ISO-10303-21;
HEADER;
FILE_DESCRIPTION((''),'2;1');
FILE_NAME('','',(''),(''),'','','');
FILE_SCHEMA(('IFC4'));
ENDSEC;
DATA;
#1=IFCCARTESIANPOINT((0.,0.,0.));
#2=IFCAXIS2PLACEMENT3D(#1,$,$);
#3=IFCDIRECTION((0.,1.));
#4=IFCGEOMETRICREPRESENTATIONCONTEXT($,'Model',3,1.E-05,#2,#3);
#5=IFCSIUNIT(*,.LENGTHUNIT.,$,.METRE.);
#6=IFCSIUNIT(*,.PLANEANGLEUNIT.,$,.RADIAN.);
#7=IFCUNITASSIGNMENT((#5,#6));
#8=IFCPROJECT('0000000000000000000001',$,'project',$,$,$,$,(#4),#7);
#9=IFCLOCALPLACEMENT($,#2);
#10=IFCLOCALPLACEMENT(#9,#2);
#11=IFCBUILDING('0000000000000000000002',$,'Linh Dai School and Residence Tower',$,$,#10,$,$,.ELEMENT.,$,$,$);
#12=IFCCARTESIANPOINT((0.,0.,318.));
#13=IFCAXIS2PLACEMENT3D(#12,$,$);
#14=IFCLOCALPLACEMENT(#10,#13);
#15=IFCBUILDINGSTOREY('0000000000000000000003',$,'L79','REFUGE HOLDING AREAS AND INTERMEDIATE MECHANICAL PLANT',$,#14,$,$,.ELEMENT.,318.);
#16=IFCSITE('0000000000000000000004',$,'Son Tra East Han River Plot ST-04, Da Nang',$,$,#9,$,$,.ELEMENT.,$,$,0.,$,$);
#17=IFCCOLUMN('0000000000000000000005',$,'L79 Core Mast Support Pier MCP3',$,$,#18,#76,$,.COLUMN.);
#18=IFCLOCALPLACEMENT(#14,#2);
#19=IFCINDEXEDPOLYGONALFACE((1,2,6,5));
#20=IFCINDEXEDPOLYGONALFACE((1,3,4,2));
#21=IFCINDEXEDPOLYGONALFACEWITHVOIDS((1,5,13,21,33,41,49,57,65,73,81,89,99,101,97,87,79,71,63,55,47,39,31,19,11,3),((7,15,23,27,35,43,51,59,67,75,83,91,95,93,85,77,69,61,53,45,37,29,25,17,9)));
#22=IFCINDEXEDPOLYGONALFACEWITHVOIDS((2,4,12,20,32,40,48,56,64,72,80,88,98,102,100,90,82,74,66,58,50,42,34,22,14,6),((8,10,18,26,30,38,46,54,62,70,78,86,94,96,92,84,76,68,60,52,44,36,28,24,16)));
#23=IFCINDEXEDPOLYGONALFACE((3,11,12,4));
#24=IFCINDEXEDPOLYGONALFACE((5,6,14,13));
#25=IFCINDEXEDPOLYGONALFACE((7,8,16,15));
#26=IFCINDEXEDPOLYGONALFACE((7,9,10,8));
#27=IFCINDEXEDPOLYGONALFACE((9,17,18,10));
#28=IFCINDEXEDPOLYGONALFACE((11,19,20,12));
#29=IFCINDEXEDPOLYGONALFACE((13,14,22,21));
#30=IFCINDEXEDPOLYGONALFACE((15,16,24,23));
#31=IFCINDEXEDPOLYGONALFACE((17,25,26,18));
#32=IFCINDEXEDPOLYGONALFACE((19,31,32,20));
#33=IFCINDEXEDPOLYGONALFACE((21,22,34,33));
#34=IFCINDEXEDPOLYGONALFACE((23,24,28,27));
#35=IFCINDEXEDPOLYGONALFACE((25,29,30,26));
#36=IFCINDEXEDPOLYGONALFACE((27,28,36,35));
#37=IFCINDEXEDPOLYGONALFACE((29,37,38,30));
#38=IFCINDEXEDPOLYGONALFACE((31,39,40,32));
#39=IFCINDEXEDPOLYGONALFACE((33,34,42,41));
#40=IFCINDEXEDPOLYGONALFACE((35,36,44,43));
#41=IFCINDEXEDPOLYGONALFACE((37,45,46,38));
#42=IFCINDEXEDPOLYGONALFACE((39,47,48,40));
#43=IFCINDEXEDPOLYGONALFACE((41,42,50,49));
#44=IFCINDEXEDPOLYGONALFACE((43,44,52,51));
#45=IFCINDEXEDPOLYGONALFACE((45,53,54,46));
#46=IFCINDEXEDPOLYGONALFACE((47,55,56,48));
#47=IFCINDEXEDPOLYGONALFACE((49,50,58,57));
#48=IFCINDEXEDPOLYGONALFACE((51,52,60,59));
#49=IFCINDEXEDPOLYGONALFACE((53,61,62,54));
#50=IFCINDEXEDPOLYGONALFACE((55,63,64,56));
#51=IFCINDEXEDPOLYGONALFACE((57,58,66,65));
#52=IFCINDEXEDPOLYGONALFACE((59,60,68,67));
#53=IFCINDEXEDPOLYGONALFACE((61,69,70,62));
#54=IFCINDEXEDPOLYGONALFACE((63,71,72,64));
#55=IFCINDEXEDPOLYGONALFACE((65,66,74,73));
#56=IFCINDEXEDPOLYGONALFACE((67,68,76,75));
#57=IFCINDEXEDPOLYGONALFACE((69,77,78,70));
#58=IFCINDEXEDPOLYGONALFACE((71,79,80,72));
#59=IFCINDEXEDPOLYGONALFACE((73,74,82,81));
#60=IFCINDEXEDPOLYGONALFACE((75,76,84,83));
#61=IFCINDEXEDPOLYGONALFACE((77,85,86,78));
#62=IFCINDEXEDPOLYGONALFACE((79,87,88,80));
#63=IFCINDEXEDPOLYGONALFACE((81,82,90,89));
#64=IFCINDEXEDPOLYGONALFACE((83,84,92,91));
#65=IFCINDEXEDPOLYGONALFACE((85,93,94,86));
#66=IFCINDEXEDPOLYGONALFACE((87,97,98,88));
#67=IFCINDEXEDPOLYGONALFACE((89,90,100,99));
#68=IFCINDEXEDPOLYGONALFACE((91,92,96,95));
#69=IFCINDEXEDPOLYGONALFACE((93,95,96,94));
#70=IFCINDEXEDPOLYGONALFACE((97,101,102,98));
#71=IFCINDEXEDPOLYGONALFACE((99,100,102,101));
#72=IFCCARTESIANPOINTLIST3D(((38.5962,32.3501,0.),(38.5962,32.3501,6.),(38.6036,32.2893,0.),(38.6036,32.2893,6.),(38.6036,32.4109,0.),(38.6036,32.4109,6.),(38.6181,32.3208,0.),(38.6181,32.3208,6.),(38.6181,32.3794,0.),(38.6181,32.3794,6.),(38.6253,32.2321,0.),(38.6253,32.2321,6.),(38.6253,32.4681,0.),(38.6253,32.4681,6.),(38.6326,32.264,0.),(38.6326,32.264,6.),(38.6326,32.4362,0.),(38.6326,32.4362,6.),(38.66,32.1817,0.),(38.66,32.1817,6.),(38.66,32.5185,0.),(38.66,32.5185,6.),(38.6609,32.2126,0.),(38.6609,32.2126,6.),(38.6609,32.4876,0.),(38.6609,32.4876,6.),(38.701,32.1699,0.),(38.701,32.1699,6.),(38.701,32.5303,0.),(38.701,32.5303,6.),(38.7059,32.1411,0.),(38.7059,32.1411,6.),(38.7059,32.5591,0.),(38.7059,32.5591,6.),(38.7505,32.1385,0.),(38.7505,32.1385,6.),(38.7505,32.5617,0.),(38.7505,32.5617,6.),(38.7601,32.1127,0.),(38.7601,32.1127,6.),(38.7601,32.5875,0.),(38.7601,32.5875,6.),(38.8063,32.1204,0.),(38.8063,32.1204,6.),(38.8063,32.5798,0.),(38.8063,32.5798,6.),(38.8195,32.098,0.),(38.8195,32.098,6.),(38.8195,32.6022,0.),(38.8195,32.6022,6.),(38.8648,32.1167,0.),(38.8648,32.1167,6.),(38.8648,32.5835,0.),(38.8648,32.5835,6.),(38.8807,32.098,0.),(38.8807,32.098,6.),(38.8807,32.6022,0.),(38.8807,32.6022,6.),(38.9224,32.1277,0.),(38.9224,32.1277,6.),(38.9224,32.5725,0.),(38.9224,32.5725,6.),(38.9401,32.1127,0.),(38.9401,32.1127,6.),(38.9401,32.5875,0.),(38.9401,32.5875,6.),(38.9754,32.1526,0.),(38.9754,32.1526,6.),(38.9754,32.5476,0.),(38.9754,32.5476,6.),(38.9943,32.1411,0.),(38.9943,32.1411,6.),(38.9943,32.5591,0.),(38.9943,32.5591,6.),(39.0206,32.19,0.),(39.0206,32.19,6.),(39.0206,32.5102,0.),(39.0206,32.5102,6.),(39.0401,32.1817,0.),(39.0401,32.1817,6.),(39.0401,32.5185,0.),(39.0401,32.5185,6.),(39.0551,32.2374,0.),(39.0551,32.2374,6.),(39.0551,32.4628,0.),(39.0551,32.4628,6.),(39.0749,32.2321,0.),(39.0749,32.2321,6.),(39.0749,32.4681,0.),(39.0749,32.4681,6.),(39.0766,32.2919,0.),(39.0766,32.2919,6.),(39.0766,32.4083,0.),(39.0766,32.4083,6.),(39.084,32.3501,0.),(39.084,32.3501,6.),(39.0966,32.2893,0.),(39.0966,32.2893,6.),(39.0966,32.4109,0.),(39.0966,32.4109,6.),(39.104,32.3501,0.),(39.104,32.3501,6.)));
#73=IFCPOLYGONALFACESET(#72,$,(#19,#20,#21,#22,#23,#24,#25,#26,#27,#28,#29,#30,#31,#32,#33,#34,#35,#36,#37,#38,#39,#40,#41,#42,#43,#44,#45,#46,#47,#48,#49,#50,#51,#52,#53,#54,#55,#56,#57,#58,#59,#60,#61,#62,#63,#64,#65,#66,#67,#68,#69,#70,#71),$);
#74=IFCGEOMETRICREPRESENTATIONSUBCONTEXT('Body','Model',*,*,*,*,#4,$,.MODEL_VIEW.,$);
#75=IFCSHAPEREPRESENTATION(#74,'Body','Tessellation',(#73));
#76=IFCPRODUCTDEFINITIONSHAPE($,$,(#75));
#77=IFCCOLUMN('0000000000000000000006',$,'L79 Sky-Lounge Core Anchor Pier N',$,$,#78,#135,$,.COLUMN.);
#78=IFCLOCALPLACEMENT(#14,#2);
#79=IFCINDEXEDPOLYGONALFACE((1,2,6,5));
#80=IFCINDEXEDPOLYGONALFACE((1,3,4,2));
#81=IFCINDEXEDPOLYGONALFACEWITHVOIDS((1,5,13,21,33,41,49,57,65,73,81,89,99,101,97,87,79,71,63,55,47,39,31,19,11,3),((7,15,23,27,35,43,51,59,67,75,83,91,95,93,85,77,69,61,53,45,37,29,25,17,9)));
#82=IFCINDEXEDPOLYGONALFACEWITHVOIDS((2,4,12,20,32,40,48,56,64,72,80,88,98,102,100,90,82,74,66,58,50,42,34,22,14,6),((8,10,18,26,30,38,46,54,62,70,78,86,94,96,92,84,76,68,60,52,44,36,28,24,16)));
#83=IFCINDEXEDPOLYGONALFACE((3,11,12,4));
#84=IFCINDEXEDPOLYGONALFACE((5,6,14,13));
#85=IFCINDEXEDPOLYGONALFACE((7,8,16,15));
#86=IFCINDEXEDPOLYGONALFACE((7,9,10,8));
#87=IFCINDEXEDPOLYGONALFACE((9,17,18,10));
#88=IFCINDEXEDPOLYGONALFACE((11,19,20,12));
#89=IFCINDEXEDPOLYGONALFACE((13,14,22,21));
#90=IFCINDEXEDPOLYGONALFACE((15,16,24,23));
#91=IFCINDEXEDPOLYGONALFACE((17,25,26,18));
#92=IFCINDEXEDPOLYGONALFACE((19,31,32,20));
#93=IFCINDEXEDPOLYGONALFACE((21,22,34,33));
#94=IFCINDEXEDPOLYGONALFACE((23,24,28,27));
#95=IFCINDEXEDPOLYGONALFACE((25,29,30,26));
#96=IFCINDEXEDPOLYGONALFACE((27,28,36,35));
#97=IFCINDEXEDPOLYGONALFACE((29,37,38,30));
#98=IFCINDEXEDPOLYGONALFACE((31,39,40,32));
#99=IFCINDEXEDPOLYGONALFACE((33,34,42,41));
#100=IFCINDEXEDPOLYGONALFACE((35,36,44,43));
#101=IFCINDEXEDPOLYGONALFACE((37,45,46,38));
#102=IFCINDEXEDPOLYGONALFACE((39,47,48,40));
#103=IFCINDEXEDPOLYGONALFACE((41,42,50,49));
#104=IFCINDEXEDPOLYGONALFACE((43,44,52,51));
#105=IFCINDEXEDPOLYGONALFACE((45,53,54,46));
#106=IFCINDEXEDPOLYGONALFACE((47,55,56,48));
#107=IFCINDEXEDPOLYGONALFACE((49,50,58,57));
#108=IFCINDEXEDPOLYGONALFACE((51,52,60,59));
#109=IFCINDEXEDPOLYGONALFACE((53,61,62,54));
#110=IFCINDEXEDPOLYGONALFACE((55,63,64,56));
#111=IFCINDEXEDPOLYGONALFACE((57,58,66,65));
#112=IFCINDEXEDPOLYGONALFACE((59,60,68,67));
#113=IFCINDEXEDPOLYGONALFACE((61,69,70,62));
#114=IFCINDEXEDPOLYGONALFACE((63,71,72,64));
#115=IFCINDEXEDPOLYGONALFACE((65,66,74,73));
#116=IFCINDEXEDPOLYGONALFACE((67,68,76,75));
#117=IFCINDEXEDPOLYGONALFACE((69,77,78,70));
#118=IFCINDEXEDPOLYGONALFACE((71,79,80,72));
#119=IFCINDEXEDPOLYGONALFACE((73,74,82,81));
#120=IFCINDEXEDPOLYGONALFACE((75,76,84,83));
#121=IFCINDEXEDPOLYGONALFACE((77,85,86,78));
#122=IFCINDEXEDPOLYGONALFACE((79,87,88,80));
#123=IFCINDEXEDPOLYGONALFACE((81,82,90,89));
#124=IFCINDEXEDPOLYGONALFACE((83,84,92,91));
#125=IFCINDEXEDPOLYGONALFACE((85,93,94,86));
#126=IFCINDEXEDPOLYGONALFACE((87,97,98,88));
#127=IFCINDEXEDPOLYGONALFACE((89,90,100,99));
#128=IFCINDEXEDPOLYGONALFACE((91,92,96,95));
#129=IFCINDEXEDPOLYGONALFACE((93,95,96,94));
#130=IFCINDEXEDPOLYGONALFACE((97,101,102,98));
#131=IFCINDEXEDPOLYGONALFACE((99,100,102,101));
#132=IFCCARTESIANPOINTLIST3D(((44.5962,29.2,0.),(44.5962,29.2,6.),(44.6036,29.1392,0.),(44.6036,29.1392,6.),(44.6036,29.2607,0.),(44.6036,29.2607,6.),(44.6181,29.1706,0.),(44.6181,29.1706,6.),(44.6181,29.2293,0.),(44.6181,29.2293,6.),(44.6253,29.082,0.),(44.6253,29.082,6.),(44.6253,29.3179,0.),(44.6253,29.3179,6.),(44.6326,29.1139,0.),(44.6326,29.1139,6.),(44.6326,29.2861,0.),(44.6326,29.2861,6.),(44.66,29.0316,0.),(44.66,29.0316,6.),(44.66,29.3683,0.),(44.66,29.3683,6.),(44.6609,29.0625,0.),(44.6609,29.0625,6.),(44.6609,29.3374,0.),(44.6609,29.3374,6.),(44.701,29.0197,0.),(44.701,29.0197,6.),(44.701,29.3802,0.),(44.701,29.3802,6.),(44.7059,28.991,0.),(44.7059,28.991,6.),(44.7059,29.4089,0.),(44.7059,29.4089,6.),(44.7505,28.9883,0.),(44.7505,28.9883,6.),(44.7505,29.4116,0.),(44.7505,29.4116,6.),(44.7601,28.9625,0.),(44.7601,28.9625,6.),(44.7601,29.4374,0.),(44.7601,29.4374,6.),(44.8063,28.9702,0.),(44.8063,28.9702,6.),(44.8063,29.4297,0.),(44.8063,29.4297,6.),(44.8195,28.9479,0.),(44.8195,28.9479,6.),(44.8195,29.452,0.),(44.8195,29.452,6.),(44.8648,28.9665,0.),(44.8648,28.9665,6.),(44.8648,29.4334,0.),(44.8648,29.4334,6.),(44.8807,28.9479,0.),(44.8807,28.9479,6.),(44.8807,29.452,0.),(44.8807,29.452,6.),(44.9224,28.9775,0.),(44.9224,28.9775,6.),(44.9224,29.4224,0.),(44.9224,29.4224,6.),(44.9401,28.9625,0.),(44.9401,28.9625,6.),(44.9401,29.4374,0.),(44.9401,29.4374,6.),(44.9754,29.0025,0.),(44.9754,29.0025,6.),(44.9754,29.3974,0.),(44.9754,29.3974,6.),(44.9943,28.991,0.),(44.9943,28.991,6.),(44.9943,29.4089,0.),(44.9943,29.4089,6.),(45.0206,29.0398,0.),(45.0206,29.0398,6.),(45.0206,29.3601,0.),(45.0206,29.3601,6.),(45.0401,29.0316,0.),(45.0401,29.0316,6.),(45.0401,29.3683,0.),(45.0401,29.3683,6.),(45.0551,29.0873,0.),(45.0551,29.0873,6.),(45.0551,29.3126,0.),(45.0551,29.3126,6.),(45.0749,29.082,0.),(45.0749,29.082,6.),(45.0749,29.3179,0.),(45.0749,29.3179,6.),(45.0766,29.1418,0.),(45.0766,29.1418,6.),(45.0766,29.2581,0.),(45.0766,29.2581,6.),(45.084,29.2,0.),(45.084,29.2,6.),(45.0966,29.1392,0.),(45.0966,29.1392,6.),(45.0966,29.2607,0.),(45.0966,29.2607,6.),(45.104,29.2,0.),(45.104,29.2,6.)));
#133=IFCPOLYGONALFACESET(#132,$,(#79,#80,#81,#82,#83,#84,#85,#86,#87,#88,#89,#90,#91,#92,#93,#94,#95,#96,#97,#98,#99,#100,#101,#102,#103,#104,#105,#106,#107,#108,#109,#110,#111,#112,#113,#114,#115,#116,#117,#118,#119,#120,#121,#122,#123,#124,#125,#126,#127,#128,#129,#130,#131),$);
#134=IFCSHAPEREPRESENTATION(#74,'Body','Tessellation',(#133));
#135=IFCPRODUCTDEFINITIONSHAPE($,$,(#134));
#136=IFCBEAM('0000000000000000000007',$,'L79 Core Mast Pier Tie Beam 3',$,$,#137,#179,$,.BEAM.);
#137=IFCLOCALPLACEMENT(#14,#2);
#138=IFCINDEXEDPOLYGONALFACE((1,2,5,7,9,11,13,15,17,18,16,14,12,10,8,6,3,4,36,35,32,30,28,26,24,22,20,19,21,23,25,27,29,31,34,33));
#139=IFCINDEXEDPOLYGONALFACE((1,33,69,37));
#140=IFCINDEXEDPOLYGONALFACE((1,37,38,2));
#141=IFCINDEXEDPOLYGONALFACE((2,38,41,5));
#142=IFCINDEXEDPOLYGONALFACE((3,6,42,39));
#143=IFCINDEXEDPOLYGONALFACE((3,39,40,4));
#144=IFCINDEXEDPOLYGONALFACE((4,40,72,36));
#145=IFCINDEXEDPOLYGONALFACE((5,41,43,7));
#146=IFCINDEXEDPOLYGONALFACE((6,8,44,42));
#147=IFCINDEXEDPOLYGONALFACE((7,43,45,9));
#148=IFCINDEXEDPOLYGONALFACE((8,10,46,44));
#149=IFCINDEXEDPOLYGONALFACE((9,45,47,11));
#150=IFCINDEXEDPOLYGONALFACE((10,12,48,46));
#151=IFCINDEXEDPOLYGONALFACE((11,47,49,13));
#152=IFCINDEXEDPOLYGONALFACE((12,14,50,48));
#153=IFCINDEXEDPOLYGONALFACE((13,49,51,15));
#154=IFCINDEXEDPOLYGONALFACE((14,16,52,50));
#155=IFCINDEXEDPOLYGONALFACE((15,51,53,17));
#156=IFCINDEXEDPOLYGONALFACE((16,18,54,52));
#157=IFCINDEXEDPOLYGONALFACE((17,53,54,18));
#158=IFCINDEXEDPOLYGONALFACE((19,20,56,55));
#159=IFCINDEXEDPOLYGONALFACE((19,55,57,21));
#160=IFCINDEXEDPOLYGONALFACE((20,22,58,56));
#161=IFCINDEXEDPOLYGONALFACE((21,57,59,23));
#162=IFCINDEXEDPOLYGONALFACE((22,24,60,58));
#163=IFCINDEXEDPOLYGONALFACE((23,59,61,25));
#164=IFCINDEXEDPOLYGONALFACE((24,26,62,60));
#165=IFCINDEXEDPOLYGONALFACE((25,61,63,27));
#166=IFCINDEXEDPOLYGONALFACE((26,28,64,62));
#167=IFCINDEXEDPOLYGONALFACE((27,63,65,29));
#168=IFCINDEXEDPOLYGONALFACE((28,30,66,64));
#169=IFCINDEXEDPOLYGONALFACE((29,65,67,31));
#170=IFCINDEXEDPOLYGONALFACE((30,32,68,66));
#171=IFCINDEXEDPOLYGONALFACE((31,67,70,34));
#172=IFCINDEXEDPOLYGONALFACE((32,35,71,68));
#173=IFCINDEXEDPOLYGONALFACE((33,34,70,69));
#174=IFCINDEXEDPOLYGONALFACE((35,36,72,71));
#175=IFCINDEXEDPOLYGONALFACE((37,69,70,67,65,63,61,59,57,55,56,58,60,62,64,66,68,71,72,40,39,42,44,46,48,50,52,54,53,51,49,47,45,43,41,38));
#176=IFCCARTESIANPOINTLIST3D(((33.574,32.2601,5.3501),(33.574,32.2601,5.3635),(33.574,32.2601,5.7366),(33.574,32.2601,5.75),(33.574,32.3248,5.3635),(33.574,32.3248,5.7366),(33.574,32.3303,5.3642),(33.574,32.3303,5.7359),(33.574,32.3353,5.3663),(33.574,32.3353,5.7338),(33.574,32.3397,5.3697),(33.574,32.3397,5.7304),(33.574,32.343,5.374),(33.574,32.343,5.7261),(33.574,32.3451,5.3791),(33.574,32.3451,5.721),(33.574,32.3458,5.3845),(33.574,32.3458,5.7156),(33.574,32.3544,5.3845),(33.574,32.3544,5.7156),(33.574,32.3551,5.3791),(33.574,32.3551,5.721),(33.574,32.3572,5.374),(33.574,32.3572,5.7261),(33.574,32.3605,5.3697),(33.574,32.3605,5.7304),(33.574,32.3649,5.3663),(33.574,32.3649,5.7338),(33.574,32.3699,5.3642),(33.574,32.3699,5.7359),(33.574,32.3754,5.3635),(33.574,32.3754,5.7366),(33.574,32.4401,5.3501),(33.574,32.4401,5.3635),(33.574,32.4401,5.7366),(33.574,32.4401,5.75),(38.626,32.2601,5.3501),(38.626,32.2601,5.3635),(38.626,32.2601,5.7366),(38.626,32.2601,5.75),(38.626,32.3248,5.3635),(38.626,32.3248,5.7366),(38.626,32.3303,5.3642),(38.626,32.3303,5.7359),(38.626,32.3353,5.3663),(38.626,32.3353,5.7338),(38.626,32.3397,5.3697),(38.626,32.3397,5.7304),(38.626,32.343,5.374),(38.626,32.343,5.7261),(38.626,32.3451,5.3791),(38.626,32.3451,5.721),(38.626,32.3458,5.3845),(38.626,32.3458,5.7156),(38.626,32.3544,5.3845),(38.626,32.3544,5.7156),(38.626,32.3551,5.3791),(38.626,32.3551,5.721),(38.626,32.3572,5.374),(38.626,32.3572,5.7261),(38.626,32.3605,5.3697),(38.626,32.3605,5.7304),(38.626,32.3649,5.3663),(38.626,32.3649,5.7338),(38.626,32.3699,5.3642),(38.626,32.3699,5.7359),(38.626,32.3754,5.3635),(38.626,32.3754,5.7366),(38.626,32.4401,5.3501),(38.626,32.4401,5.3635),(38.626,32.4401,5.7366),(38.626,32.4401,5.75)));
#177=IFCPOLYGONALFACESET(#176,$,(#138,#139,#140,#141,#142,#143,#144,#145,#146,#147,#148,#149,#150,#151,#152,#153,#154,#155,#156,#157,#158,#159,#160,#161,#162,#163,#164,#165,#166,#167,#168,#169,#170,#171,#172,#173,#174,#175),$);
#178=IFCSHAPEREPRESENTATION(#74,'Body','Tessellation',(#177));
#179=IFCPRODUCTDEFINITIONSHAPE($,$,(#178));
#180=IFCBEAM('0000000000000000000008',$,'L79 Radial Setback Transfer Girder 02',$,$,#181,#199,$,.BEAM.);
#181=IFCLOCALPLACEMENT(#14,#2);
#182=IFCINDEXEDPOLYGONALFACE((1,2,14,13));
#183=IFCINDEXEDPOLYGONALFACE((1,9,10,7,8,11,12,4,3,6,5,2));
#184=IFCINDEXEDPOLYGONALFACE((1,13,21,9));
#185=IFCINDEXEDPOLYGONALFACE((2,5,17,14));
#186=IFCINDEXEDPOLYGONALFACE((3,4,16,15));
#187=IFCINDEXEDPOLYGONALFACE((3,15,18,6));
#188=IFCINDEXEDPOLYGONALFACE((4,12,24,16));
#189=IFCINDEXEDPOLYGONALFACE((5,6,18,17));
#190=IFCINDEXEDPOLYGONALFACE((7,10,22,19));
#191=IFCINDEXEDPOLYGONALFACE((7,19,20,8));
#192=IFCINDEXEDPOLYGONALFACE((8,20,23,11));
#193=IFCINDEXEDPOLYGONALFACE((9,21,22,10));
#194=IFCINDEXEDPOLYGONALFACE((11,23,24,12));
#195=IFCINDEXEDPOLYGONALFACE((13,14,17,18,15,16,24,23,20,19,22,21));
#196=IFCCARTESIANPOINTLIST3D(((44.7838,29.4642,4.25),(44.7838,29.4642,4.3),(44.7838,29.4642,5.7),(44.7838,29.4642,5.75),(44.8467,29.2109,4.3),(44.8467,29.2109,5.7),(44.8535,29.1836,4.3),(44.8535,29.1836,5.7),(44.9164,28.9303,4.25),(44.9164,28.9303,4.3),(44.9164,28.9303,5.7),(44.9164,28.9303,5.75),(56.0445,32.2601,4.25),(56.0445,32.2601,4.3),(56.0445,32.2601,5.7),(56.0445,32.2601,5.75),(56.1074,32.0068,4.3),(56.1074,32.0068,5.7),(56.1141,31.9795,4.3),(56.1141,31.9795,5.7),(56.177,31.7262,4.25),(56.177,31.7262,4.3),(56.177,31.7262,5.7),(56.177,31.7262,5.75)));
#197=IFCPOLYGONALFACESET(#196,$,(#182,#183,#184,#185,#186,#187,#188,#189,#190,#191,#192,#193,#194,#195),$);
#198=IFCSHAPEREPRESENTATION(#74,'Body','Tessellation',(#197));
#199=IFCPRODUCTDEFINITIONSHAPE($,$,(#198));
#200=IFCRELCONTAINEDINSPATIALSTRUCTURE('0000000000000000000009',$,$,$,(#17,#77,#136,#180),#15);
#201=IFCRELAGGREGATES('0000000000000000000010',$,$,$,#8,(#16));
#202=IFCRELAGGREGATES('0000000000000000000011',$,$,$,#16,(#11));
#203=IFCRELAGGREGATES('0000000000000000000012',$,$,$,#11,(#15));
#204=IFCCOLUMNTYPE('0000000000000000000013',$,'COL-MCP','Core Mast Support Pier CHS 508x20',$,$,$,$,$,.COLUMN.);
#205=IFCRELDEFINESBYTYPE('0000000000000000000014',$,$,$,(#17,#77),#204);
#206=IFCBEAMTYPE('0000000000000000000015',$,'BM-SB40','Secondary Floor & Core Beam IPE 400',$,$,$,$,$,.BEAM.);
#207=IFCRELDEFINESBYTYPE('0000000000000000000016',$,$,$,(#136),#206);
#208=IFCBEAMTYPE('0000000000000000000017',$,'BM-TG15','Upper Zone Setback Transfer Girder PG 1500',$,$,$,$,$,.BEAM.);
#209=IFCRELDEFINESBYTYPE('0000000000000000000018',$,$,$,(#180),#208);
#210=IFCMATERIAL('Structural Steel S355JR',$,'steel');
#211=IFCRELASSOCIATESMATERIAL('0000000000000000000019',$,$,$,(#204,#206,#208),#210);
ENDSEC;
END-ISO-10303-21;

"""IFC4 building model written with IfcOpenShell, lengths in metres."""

from ifc_helpers import new_model, si_unit, direction, frame, origin, origin_2d, place, context, subcontext, project, spatial, hollow_circle, i_section, extrude, material, material_profile, profile_set, type_object, element, save


model = new_model("IFC4")

# Units and contexts
model_context = context("Model", 3, precision=1e-05, world=origin(), true_north=direction((0.0, 1.0)))
body_context = subcontext(model_context, "Body", "Model", "MODEL_VIEW")
ifc_project = project(units=[si_unit("LENGTHUNIT", "METRE"), si_unit("PLANEANGLEUNIT", "RADIAN")], contexts=[model_context])

# Site, building, storey
site_placement = place(None, origin())
site = spatial("IfcSite", under=ifc_project, at=site_placement, Name="Son Tra East Han River Plot ST-04, Da Nang", CompositionType="ELEMENT", RefElevation=0.0)
building_placement = place(site_placement, origin())
building = spatial("IfcBuilding", under=site, at=building_placement, Name="Linh Dai School and Residence Tower", CompositionType="ELEMENT")
storey_placement = place(building_placement, frame((0.0, 0.0, 318.0)))
storey = spatial("IfcBuildingStorey", under=building, at=storey_placement, Name="L79", Description="REFUGE HOLDING AREAS AND INTERMEDIATE MECHANICAL PLANT", CompositionType="ELEMENT", Elevation=318.0)

# Columns
ifc_material_1 = material(Name="Structural Steel S355JR", Category="steel")
ifc_material_profile_1 = material_profile(ifc_material_1, hollow_circle(Radius=0.2539, WallThickness=0.02, at=origin_2d()), Name="CHS 508x20")
ifc_profile_set_1 = profile_set([ifc_material_profile_1], Name="Structural Steel S355JR")
column_type_1 = type_object("IfcColumnType", Name="COL-MCP", Description="Core Mast Support Pier CHS 508x20", PredefinedType="COLUMN", material=ifc_profile_set_1)
for number, where, z_axis, x_axis, name in (
    (1, (38.8501, 32.3501, 0.0), (0.0, 0.0, 1.0), (1.0, 0.0, 0.0), "L79 Core Mast Support Pier MCP3"),
    (2, (44.8501, 29.2, 0.0), (0.0, 0.0, 1.0), (1.0, 0.0, 0.0), "L79 Sky-Lounge Core Anchor Pier N"),
):
    element("IfcColumn", number, at=place(storey_placement, frame(where, z_axis=z_axis, x_axis=x_axis)), inside=storey, type_object=column_type_1, Name=name, PredefinedType="COLUMN", context=body_context, shape_type="SweptSolid", body=[
        extrude(hollow_circle(Radius=0.2539, WallThickness=0.02, at=origin_2d()), origin(), (0.0, 0.0, 1.0), 6.0),
    ])

# Beams
ifc_material_profile_2 = material_profile(ifc_material_1, i_section(OverallWidth=0.1799, OverallDepth=0.3999, WebThickness=0.0085, FlangeThickness=0.0134, FilletRadius=0.021, at=origin_2d()), Name="IPE 400")
ifc_profile_set_2 = profile_set([ifc_material_profile_2], Name="Structural Steel S355JR")
beam_type_1 = type_object("IfcBeamType", Name="BM-SB40", Description="Secondary Floor & Core Beam IPE 400", PredefinedType="BEAM", material=ifc_profile_set_2)
beam_1_placement = place(storey_placement, frame((38.626, 32.3501, 5.55), z_axis=(-1.0, 0.0, 0.0), x_axis=(0.0, -1.0, 0.0)))
element("IfcBeam", 3, at=beam_1_placement, inside=storey, type_object=beam_type_1, Name="L79 Core Mast Pier Tie Beam 3", PredefinedType="BEAM", context=body_context, shape_type="SweptSolid", body=[
    extrude(i_section(OverallWidth=0.1799, OverallDepth=0.3999, WebThickness=0.0085, FlangeThickness=0.0134, FilletRadius=0.021, at=origin_2d()), origin(), (0.0, 0.0, 1.0), 5.052),
])
ifc_material_profile_3 = material_profile(ifc_material_1, i_section(OverallWidth=0.55, OverallDepth=1.5, WebThickness=0.0281, FlangeThickness=0.05, at=origin_2d()), Name="PG 1500x550x28x50")
ifc_profile_set_3 = profile_set([ifc_material_profile_3], Name="Structural Steel S355JR")
beam_type_2 = type_object("IfcBeamType", Name="BM-TG15", Description="Upper Zone Setback Transfer Girder PG 1500", PredefinedType="BEAM", material=ifc_profile_set_3)
beam_2_placement = place(storey_placement, frame((44.8501, 29.1973, 5.0), z_axis=(0.970532, 0.240971, 0.0), x_axis=(-0.240971, 0.970532, 0.0)))
element("IfcBeam", 4, at=beam_2_placement, inside=storey, type_object=beam_type_2, Name="L79 Radial Setback Transfer Girder 02", PredefinedType="BEAM", context=body_context, shape_type="SweptSolid", body=[
    extrude(i_section(OverallWidth=0.55, OverallDepth=1.5, WebThickness=0.0281, FlangeThickness=0.05, at=origin_2d()), origin(), (0.0, 0.0, 1.0), 11.6025),
])

save(model, "model.ifc")
